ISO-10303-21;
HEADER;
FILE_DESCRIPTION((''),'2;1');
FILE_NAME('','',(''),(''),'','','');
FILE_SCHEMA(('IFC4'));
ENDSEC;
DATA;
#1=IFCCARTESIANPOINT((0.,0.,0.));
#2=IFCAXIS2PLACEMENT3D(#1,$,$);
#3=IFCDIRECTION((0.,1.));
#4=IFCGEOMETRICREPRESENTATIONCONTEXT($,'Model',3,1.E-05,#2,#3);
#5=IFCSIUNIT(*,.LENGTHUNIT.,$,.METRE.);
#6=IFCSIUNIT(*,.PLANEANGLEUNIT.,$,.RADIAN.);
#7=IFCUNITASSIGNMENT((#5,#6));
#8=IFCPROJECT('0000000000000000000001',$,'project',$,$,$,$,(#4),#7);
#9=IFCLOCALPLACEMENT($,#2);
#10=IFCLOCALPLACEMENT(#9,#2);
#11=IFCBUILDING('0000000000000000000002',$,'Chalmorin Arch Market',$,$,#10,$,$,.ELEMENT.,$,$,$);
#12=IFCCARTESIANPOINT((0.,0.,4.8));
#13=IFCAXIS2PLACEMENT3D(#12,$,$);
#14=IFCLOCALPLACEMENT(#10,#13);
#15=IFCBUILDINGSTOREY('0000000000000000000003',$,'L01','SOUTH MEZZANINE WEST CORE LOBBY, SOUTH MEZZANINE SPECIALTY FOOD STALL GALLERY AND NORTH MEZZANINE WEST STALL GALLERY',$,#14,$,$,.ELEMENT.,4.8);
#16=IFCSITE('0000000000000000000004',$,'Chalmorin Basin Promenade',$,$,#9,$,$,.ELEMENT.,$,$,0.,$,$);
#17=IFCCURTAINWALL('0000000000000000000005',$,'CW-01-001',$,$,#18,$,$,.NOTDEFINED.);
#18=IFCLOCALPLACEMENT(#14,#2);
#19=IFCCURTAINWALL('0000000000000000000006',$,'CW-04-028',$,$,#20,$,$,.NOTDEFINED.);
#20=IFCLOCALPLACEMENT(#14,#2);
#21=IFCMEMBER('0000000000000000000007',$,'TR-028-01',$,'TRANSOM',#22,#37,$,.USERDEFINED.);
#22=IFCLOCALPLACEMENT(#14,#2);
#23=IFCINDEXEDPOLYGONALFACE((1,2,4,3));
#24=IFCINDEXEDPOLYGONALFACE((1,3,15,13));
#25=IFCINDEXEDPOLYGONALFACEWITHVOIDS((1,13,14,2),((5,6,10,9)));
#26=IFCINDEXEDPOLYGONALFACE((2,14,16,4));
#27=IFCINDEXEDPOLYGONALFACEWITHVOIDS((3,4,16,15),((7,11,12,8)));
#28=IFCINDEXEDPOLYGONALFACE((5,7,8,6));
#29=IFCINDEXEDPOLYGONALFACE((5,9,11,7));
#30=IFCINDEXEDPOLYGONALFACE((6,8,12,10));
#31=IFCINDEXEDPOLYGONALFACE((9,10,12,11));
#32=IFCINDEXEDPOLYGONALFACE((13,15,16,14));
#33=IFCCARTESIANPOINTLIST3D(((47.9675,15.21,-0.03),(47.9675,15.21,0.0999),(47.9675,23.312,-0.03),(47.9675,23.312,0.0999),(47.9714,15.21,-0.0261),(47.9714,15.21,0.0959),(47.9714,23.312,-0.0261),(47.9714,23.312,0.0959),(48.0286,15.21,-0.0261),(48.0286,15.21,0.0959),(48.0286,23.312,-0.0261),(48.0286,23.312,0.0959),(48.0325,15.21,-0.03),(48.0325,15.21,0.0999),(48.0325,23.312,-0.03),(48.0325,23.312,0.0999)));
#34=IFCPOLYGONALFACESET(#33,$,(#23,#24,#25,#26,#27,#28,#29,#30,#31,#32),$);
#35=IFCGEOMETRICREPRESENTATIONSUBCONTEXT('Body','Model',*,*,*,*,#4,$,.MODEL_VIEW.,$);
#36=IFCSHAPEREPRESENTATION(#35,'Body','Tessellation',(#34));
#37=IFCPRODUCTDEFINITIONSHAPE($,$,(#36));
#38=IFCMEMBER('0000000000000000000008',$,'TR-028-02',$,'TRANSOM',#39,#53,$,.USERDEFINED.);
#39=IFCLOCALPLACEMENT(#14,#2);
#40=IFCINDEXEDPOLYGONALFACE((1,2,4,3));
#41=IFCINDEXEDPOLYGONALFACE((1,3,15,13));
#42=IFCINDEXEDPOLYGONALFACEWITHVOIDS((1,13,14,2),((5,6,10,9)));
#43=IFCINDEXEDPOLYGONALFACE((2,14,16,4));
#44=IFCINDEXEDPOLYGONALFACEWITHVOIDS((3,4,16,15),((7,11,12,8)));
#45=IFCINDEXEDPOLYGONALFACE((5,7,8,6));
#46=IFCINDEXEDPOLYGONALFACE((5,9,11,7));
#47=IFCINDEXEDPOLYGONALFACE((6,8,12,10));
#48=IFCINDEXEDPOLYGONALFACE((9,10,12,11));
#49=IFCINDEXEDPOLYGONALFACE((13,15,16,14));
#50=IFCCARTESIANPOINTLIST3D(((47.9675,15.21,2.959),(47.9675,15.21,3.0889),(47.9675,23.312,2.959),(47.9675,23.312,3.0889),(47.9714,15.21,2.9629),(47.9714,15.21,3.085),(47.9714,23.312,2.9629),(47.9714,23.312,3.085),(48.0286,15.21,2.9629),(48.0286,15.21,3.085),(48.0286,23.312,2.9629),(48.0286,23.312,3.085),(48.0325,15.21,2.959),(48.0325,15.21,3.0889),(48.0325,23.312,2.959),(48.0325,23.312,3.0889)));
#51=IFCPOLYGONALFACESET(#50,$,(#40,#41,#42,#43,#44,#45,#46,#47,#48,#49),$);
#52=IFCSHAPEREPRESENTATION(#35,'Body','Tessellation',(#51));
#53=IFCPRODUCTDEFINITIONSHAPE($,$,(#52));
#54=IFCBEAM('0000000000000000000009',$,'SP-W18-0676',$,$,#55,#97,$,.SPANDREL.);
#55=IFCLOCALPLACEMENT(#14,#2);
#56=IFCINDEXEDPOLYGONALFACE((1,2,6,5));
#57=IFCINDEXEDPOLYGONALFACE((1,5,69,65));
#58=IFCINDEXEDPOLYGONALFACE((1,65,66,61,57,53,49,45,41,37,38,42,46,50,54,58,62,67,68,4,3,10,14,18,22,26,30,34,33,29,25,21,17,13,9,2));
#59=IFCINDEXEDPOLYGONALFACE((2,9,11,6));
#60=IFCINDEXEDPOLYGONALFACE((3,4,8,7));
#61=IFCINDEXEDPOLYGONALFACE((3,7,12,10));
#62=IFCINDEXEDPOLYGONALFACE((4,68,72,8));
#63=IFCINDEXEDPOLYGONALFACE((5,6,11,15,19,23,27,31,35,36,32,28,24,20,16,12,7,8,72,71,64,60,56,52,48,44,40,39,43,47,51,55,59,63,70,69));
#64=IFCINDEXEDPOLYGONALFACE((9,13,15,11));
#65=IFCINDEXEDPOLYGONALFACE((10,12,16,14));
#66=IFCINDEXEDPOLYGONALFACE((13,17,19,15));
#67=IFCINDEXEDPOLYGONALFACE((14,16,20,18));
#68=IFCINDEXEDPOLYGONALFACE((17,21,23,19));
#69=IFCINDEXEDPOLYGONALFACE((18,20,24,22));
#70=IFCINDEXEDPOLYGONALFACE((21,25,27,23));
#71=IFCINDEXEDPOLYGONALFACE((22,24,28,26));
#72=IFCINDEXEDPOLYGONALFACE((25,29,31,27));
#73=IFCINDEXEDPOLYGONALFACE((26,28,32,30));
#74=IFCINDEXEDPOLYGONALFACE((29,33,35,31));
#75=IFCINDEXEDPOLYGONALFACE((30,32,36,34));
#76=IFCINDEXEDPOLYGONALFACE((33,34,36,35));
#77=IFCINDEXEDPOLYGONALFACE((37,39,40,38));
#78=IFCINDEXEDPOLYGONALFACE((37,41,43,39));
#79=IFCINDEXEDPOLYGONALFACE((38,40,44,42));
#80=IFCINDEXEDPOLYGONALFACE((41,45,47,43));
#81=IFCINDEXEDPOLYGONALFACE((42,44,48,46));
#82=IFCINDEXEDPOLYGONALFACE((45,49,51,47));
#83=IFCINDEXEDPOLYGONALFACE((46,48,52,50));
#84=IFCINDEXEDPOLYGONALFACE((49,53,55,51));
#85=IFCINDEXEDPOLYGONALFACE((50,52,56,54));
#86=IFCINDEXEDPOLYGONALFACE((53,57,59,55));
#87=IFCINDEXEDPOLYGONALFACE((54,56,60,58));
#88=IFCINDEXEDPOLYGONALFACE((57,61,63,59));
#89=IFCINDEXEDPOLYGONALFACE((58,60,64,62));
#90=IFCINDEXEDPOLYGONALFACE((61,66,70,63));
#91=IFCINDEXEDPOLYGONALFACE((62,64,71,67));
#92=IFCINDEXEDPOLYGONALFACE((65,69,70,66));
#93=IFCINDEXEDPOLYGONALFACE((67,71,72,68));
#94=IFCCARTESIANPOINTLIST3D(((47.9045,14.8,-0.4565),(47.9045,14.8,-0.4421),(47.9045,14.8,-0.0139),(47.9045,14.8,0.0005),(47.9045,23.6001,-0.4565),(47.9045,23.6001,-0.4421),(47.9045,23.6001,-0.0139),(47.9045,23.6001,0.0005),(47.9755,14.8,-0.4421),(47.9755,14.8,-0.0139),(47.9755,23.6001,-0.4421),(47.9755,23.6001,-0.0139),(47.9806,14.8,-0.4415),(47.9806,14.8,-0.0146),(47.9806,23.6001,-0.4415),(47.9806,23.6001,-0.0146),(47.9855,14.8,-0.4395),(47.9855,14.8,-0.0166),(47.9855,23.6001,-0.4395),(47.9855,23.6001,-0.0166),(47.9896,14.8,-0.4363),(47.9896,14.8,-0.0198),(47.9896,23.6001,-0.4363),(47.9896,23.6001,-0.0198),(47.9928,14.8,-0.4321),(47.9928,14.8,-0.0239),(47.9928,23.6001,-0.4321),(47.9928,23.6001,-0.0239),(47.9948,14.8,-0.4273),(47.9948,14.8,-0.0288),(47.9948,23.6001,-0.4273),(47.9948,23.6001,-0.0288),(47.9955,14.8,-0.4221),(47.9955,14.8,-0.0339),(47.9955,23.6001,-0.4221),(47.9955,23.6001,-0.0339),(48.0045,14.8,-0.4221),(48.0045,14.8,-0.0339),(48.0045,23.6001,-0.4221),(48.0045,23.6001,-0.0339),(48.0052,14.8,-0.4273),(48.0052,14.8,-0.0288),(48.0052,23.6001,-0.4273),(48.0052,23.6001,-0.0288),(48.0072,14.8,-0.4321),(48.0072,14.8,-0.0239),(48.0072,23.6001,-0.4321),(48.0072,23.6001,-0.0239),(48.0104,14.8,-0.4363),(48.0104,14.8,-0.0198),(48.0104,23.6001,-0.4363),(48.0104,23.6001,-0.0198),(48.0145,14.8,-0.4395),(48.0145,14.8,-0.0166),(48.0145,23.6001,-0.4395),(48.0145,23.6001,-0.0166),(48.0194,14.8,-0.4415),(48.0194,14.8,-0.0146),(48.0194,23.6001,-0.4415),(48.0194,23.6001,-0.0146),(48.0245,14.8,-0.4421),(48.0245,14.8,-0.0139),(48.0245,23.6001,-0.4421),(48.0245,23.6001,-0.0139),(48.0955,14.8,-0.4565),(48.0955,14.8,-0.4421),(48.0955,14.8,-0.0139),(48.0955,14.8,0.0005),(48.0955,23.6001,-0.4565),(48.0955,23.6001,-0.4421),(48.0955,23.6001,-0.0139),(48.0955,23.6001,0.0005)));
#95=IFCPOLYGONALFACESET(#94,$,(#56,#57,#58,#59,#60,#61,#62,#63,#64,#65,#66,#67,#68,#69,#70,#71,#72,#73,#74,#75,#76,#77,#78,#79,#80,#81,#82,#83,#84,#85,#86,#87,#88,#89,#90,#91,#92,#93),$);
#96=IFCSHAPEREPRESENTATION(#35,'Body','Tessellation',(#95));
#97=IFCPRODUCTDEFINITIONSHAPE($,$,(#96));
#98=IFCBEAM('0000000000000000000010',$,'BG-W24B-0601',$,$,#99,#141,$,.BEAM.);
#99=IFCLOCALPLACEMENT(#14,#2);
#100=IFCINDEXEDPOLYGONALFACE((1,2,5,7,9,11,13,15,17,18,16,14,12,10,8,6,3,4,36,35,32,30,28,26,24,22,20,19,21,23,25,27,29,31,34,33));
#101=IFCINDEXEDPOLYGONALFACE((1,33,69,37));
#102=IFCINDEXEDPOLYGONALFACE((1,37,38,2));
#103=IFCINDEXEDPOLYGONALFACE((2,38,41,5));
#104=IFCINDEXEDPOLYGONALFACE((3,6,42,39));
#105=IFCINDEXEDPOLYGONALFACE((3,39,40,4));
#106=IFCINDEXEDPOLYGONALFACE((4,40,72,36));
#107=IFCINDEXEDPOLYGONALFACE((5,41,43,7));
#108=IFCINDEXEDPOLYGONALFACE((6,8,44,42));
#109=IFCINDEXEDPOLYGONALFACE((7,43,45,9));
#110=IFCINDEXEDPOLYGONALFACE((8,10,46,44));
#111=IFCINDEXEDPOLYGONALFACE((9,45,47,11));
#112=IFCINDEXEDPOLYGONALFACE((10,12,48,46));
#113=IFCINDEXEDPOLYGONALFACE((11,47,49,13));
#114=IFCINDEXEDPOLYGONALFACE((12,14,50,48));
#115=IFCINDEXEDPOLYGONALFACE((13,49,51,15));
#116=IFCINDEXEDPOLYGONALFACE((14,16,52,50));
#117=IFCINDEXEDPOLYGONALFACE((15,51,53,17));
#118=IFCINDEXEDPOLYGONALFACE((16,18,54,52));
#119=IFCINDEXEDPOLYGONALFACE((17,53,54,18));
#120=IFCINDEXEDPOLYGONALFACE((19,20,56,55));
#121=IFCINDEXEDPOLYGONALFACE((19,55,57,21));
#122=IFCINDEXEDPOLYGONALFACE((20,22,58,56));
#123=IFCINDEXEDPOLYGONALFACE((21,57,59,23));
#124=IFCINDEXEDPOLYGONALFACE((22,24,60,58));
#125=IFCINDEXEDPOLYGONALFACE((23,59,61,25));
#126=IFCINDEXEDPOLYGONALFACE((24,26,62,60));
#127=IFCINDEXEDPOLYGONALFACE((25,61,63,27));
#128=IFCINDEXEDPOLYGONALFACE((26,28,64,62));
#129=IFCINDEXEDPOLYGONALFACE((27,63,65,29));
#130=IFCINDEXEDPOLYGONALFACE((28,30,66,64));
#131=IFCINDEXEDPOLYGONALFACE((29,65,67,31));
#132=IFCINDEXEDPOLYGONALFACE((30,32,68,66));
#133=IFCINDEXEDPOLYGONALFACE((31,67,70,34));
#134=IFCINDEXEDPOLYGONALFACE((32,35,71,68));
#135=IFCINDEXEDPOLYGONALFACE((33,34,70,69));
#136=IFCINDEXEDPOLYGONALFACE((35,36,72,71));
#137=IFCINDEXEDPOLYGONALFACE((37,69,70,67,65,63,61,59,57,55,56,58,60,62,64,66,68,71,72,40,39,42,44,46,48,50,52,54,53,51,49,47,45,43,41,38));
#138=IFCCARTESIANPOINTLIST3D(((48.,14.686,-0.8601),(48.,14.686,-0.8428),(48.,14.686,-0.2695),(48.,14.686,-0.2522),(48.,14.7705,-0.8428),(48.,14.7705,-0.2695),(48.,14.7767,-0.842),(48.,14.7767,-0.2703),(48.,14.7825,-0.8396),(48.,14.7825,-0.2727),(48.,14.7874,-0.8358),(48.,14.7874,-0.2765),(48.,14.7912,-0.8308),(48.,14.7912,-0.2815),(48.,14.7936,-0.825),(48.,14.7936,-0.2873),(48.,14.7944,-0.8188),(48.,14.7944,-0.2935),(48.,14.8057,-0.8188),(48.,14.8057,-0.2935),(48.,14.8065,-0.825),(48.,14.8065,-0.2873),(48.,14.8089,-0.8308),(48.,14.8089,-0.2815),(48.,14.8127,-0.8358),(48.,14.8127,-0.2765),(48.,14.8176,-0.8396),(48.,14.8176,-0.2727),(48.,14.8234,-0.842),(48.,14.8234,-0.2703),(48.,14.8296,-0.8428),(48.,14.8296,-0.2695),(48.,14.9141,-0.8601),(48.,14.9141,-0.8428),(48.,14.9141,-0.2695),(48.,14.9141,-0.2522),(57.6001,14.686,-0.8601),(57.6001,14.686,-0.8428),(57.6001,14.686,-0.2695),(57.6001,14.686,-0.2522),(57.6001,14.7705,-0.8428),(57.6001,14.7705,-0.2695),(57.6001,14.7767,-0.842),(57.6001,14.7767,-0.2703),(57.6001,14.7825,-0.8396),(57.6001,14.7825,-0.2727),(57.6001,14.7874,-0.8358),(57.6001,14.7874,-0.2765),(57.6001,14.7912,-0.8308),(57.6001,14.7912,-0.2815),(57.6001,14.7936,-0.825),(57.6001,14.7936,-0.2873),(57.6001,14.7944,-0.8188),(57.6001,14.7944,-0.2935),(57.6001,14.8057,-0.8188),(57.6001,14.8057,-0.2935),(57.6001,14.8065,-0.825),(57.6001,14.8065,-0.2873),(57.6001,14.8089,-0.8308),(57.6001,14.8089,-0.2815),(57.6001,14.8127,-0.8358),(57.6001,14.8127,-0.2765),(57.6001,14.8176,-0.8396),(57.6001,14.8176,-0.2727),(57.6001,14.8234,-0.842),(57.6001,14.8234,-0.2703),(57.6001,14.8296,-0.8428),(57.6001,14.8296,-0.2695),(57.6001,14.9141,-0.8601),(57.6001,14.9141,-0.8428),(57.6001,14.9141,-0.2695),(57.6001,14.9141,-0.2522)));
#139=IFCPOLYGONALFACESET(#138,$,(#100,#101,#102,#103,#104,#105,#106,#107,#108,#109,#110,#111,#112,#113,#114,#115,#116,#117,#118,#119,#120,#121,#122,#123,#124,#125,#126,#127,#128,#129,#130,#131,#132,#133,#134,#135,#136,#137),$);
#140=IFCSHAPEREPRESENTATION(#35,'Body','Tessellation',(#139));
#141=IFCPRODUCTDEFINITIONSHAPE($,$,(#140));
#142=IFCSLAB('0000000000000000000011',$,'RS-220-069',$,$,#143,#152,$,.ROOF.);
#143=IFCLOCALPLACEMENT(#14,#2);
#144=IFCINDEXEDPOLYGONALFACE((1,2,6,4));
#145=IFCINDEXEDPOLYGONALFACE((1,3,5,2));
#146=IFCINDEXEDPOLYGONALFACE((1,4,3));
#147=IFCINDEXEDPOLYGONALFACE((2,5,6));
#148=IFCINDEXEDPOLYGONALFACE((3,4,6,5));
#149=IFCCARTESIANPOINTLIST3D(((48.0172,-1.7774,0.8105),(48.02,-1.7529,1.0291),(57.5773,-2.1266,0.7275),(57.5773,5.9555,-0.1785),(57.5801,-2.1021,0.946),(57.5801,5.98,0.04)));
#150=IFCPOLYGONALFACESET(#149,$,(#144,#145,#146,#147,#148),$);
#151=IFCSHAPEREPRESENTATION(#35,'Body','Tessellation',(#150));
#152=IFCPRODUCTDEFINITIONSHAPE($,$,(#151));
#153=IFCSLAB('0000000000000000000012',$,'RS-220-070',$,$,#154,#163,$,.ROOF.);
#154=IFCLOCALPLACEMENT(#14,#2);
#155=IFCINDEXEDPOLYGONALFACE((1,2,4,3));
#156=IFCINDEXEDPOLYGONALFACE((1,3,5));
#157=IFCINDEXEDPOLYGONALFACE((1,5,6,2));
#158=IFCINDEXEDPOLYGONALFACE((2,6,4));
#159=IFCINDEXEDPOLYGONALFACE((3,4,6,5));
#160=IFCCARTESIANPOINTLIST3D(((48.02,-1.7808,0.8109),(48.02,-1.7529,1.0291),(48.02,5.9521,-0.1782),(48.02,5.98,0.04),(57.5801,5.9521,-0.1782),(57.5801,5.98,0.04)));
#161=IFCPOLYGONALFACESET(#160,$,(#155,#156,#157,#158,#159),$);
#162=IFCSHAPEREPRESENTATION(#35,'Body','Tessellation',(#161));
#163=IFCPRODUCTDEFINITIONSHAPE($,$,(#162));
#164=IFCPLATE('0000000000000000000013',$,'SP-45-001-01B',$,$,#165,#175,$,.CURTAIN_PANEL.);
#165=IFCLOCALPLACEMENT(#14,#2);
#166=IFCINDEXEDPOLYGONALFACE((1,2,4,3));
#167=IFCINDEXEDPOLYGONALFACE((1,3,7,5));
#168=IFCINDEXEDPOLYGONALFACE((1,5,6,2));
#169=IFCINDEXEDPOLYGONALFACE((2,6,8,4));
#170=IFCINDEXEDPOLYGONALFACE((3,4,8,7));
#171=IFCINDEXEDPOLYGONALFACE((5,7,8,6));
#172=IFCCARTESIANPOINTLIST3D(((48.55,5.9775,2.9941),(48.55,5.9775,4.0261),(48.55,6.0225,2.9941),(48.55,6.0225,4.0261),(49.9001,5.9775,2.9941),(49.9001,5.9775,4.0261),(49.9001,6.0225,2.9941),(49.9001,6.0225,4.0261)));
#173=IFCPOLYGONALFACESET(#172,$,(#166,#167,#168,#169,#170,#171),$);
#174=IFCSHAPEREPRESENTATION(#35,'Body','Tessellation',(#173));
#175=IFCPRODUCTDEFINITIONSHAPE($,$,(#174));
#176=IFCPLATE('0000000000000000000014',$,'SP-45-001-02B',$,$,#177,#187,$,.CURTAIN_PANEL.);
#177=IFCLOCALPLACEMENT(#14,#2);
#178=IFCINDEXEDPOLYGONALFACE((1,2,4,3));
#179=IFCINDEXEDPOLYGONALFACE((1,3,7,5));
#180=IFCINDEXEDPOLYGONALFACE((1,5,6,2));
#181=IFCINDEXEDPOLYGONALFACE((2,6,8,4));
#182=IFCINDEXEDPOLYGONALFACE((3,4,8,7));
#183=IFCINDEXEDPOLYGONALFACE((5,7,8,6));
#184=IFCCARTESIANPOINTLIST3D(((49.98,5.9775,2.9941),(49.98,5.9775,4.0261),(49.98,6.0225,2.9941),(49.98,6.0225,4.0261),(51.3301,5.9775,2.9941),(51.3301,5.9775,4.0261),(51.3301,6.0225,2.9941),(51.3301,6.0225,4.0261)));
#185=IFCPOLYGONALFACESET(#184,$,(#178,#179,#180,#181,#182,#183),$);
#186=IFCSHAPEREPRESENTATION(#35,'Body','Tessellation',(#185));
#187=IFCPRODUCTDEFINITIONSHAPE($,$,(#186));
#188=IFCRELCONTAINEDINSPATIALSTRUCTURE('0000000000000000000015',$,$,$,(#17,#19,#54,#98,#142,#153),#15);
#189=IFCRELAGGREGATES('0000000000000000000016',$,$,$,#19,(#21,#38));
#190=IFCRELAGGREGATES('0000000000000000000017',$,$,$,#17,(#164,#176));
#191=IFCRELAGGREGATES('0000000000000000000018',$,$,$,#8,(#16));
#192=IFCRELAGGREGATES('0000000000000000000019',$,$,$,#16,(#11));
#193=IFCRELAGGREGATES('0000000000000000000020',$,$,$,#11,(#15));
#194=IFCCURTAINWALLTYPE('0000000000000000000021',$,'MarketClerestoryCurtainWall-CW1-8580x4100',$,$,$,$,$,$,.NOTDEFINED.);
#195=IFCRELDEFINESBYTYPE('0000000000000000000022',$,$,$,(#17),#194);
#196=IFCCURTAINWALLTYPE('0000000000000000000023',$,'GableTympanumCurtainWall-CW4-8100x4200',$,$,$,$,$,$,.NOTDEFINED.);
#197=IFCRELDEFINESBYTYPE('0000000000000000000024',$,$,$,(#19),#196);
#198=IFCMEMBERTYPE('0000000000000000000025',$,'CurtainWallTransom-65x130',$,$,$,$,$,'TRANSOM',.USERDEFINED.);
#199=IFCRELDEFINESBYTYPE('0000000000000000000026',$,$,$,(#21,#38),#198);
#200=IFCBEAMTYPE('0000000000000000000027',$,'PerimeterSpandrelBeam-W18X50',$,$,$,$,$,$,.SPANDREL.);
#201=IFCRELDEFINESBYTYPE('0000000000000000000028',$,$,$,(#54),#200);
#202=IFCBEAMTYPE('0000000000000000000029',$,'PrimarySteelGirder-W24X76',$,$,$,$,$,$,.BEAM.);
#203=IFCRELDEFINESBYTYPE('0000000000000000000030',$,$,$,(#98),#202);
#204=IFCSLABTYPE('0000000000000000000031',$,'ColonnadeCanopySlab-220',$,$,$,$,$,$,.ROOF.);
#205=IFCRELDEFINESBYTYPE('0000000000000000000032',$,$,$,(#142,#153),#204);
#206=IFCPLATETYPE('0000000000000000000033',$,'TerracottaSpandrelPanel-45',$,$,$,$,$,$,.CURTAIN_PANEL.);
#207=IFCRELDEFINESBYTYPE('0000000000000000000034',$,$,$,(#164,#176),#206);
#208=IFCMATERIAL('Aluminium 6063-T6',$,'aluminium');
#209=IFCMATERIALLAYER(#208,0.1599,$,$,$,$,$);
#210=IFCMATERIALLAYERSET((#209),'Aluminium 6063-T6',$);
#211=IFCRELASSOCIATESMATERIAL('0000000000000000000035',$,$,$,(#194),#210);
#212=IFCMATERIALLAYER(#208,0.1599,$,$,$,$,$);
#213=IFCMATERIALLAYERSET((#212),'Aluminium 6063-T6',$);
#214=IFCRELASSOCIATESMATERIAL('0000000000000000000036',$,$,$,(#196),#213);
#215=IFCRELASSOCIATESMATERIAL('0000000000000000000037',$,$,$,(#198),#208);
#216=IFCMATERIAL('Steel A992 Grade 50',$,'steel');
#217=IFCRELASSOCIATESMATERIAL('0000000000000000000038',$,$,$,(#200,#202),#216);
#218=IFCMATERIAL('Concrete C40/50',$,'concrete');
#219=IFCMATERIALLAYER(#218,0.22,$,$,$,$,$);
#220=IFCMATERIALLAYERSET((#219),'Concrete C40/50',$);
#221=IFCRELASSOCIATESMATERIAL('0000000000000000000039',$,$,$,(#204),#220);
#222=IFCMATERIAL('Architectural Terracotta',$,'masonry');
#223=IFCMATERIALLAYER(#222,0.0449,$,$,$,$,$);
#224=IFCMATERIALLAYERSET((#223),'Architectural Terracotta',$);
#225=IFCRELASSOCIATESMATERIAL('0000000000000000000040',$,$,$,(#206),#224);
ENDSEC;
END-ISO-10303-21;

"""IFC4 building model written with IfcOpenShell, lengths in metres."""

from ifc_helpers import new_model, si_unit, direction, frame, origin, origin_2d, place, context, subcontext, project, spatial, polyline, rectangle, hollow_rectangle, i_section, outline, extrude, material, layer, layer_set, material_profile, profile_set, type_object, element, aggregate, save


model = new_model("IFC4")

# Units and contexts
model_context = context("Model", 3, precision=1e-05, world=origin(), true_north=direction((0.0, 1.0)))
body_context = subcontext(model_context, "Body", "Model", "MODEL_VIEW")
ifc_project = project(units=[si_unit("LENGTHUNIT", "METRE"), si_unit("PLANEANGLEUNIT", "RADIAN")], contexts=[model_context])

# Site, building, storey
site_placement = place(None, origin())
site = spatial("IfcSite", under=ifc_project, at=site_placement, Name="Chalmorin Basin Promenade", CompositionType="ELEMENT", RefElevation=0.0)
building_placement = place(site_placement, origin())
building = spatial("IfcBuilding", under=site, at=building_placement, Name="Chalmorin Arch Market", CompositionType="ELEMENT")
storey_placement = place(building_placement, frame((0.0, 0.0, 4.8)))
storey = spatial("IfcBuildingStorey", under=building, at=storey_placement, Name="L01", Description="SOUTH MEZZANINE WEST CORE LOBBY, SOUTH MEZZANINE SPECIALTY FOOD STALL GALLERY AND NORTH MEZZANINE WEST STALL GALLERY", CompositionType="ELEMENT", Elevation=4.8)

# Shared definitions
ifc_material_1 = material(Name="Concrete C40/50", Category="concrete")

# Curtain wall
ifc_material_2 = material(Name="Aluminium 6063-T6", Category="aluminium")
ifc_layer_1 = layer(ifc_material_2, 0.1599)
ifc_layer_set_1 = layer_set([ifc_layer_1], Name="Aluminium 6063-T6")
curtain_wall_type_1 = type_object("IfcCurtainWallType", Name="MarketClerestoryCurtainWall-CW1-8580x4100", PredefinedType="NOTDEFINED", material=ifc_layer_set_1)
curtain_wall_1_placement = place(storey_placement, origin())
curtain_wall_1 = element("IfcCurtainWall", 1, at=curtain_wall_1_placement, inside=storey, type_object=curtain_wall_type_1, Name="CW-01-001", PredefinedType="NOTDEFINED")

# Curtain wall
ifc_layer_2 = layer(ifc_material_2, 0.1599)
ifc_layer_set_2 = layer_set([ifc_layer_2], Name="Aluminium 6063-T6")
curtain_wall_type_2 = type_object("IfcCurtainWallType", Name="GableTympanumCurtainWall-CW4-8100x4200", PredefinedType="NOTDEFINED", material=ifc_layer_set_2)
curtain_wall_2_placement = place(storey_placement, origin())
curtain_wall_2 = element("IfcCurtainWall", 2, at=curtain_wall_2_placement, inside=storey, type_object=curtain_wall_type_2, Name="CW-04-028", PredefinedType="NOTDEFINED")

# Members
ifc_material_profile_1 = material_profile(ifc_material_2, hollow_rectangle(XDim=0.0649, YDim=0.1299, WallThickness=0.0039, at=origin_2d()), Name="ALU65X130X4")
ifc_profile_set_1 = profile_set([ifc_material_profile_1], Name="Aluminium 6063-T6")
member_type_1 = type_object("IfcMemberType", Name="CurtainWallTransom-65x130", ElementType="TRANSOM", PredefinedType="USERDEFINED", material=ifc_profile_set_1)
member_1_placement = place(storey_placement, frame((48.0, 15.21, 0.0349), z_axis=(0.0, 1.0, 0.0), x_axis=(-1.0, 0.0, 0.0)))
member_1 = element("IfcMember", 3, at=member_1_placement, type_object=member_type_1, Name="TR-028-01", ObjectType="TRANSOM", PredefinedType="USERDEFINED", context=body_context, shape_type="SweptSolid", body=[
    extrude(hollow_rectangle(XDim=0.0649, YDim=0.1299, WallThickness=0.0039, at=origin_2d()), origin(), (0.0, 0.0, 1.0), 8.1021),
])
member_2_placement = place(storey_placement, frame((48.0, 15.21, 3.0239), z_axis=(0.0, 1.0, 0.0), x_axis=(-1.0, 0.0, 0.0)))
member_2 = element("IfcMember", 4, at=member_2_placement, type_object=member_type_1, Name="TR-028-02", ObjectType="TRANSOM", PredefinedType="USERDEFINED", context=body_context, shape_type="SweptSolid", body=[
    extrude(hollow_rectangle(XDim=0.0649, YDim=0.1299, WallThickness=0.0039, at=origin_2d()), origin(), (0.0, 0.0, 1.0), 8.1021),
])
aggregate(curtain_wall_2, [member_1, member_2])

# Beams
ifc_material_3 = material(Name="Steel A992 Grade 50", Category="steel")
ifc_material_profile_2 = material_profile(ifc_material_3, i_section(OverallWidth=0.1909, OverallDepth=0.457, WebThickness=0.009, FlangeThickness=0.0144, FilletRadius=0.02, at=origin_2d()), Name="W18X50")
ifc_profile_set_2 = profile_set([ifc_material_profile_2], Name="Steel A992 Grade 50")
beam_type_1 = type_object("IfcBeamType", Name="PerimeterSpandrelBeam-W18X50", PredefinedType="SPANDREL", material=ifc_profile_set_2)
beam_1_placement = place(storey_placement, frame((48.0, 14.8, -0.228), z_axis=(0.0, 1.0, 0.0), x_axis=(-1.0, 0.0, 0.0)))
element("IfcBeam", 5, at=beam_1_placement, inside=storey, type_object=beam_type_1, Name="SP-W18-0676", PredefinedType="SPANDREL", context=body_context, shape_type="SweptSolid", body=[
    extrude(i_section(OverallWidth=0.1909, OverallDepth=0.457, WebThickness=0.009, FlangeThickness=0.0144, FilletRadius=0.02, at=origin_2d()), origin(), (0.0, 0.0, 1.0), 8.8),
])
ifc_material_profile_3 = material_profile(ifc_material_3, i_section(OverallWidth=0.228, OverallDepth=0.6079, WebThickness=0.0112, FlangeThickness=0.0173, FilletRadius=0.0239, at=origin_2d()), Name="W24X76")
ifc_profile_set_3 = profile_set([ifc_material_profile_3], Name="Steel A992 Grade 50")
beam_type_2 = type_object("IfcBeamType", Name="PrimarySteelGirder-W24X76", PredefinedType="BEAM", material=ifc_profile_set_3)
beam_2_placement = place(storey_placement, frame((48.0, 14.8, -0.5562), z_axis=(1.0, 0.0, 0.0), x_axis=(0.0, 1.0, 0.0)))
element("IfcBeam", 6, at=beam_2_placement, inside=storey, type_object=beam_type_2, Name="BG-W24B-0601", PredefinedType="BEAM", context=body_context, shape_type="SweptSolid", body=[
    extrude(i_section(OverallWidth=0.228, OverallDepth=0.6079, WebThickness=0.0112, FlangeThickness=0.0173, FilletRadius=0.0239, at=origin_2d()), origin(), (0.0, 0.0, 1.0), 9.6001),
])

# Slabs
ifc_layer_3 = layer(ifc_material_1, 0.22)
ifc_layer_set_3 = layer_set([ifc_layer_3], Name="Concrete C40/50")
slab_type = type_object("IfcSlabType", Name="ColonnadeCanopySlab-220", PredefinedType="ROOF", material=ifc_layer_set_3)
slab_1_placement = place(storey_placement, frame((48.02, -1.7529, 1.0291), z_axis=(0.012696, 0.111394, 0.993695), x_axis=(0.999296, -0.036493, -0.008677)))
element("IfcSlab", 7, at=slab_1_placement, inside=storey, type_object=slab_type, Name="RS-220-069", PredefinedType="ROOF", context=body_context, shape_type="SweptSolid", body=[
    extrude(outline(polyline([(0.0, 0.0), (9.5668, 0.0), (9.2797, 8.1276), (0.0, 0.0)])), origin(), (0.0, 0.0, -1.0), 0.22),
])
slab_2_placement = place(storey_placement, frame((48.02, -1.7529, 1.0291), z_axis=(0.0, 0.126863, 0.99192), x_axis=(0.774988, 0.62687, -0.080175)))
element("IfcSlab", 8, at=slab_2_placement, inside=storey, type_object=slab_type, Name="RS-220-070", PredefinedType="ROOF", context=body_context, shape_type="SweptSolid", body=[
    extrude(outline(polyline([(0.0, 0.0), (12.3358, 0.0), (4.9268, 6.0417), (0.0, 0.0)])), origin(), (0.0, 0.0, -1.0), 0.22),
])

# Plates
ifc_material_4 = material(Name="Architectural Terracotta", Category="masonry")
ifc_layer_4 = layer(ifc_material_4, 0.0449)
ifc_layer_set_4 = layer_set([ifc_layer_4], Name="Architectural Terracotta")
plate_type_1 = type_object("IfcPlateType", Name="TerracottaSpandrelPanel-45", PredefinedType="CURTAIN_PANEL", material=ifc_layer_set_4)
plate_1_placement = place(storey_placement, frame((49.2251, 6.0, 2.9941), z_axis=(0.0, 0.0, 1.0), x_axis=(1.0, 0.0, 0.0)))
plate_1 = element("IfcPlate", 9, at=plate_1_placement, type_object=plate_type_1, Name="SP-45-001-01B", PredefinedType="CURTAIN_PANEL", context=body_context, shape_type="SweptSolid", body=[
    extrude(rectangle(XDim=1.3501, YDim=0.0449, at=origin_2d()), origin(), (0.0, 0.0, 1.0), 1.032),
])
plate_2_placement = place(storey_placement, frame((50.655, 6.0, 2.9941), z_axis=(0.0, 0.0, 1.0), x_axis=(1.0, 0.0, 0.0)))
plate_2 = element("IfcPlate", 10, at=plate_2_placement, type_object=plate_type_1, Name="SP-45-001-02B", PredefinedType="CURTAIN_PANEL", context=body_context, shape_type="SweptSolid", body=[
    extrude(rectangle(XDim=1.3501, YDim=0.0449, at=origin_2d()), origin(), (0.0, 0.0, 1.0), 1.032),
])
aggregate(curtain_wall_1, [plate_1, plate_2])

save(model, "model.ifc")
